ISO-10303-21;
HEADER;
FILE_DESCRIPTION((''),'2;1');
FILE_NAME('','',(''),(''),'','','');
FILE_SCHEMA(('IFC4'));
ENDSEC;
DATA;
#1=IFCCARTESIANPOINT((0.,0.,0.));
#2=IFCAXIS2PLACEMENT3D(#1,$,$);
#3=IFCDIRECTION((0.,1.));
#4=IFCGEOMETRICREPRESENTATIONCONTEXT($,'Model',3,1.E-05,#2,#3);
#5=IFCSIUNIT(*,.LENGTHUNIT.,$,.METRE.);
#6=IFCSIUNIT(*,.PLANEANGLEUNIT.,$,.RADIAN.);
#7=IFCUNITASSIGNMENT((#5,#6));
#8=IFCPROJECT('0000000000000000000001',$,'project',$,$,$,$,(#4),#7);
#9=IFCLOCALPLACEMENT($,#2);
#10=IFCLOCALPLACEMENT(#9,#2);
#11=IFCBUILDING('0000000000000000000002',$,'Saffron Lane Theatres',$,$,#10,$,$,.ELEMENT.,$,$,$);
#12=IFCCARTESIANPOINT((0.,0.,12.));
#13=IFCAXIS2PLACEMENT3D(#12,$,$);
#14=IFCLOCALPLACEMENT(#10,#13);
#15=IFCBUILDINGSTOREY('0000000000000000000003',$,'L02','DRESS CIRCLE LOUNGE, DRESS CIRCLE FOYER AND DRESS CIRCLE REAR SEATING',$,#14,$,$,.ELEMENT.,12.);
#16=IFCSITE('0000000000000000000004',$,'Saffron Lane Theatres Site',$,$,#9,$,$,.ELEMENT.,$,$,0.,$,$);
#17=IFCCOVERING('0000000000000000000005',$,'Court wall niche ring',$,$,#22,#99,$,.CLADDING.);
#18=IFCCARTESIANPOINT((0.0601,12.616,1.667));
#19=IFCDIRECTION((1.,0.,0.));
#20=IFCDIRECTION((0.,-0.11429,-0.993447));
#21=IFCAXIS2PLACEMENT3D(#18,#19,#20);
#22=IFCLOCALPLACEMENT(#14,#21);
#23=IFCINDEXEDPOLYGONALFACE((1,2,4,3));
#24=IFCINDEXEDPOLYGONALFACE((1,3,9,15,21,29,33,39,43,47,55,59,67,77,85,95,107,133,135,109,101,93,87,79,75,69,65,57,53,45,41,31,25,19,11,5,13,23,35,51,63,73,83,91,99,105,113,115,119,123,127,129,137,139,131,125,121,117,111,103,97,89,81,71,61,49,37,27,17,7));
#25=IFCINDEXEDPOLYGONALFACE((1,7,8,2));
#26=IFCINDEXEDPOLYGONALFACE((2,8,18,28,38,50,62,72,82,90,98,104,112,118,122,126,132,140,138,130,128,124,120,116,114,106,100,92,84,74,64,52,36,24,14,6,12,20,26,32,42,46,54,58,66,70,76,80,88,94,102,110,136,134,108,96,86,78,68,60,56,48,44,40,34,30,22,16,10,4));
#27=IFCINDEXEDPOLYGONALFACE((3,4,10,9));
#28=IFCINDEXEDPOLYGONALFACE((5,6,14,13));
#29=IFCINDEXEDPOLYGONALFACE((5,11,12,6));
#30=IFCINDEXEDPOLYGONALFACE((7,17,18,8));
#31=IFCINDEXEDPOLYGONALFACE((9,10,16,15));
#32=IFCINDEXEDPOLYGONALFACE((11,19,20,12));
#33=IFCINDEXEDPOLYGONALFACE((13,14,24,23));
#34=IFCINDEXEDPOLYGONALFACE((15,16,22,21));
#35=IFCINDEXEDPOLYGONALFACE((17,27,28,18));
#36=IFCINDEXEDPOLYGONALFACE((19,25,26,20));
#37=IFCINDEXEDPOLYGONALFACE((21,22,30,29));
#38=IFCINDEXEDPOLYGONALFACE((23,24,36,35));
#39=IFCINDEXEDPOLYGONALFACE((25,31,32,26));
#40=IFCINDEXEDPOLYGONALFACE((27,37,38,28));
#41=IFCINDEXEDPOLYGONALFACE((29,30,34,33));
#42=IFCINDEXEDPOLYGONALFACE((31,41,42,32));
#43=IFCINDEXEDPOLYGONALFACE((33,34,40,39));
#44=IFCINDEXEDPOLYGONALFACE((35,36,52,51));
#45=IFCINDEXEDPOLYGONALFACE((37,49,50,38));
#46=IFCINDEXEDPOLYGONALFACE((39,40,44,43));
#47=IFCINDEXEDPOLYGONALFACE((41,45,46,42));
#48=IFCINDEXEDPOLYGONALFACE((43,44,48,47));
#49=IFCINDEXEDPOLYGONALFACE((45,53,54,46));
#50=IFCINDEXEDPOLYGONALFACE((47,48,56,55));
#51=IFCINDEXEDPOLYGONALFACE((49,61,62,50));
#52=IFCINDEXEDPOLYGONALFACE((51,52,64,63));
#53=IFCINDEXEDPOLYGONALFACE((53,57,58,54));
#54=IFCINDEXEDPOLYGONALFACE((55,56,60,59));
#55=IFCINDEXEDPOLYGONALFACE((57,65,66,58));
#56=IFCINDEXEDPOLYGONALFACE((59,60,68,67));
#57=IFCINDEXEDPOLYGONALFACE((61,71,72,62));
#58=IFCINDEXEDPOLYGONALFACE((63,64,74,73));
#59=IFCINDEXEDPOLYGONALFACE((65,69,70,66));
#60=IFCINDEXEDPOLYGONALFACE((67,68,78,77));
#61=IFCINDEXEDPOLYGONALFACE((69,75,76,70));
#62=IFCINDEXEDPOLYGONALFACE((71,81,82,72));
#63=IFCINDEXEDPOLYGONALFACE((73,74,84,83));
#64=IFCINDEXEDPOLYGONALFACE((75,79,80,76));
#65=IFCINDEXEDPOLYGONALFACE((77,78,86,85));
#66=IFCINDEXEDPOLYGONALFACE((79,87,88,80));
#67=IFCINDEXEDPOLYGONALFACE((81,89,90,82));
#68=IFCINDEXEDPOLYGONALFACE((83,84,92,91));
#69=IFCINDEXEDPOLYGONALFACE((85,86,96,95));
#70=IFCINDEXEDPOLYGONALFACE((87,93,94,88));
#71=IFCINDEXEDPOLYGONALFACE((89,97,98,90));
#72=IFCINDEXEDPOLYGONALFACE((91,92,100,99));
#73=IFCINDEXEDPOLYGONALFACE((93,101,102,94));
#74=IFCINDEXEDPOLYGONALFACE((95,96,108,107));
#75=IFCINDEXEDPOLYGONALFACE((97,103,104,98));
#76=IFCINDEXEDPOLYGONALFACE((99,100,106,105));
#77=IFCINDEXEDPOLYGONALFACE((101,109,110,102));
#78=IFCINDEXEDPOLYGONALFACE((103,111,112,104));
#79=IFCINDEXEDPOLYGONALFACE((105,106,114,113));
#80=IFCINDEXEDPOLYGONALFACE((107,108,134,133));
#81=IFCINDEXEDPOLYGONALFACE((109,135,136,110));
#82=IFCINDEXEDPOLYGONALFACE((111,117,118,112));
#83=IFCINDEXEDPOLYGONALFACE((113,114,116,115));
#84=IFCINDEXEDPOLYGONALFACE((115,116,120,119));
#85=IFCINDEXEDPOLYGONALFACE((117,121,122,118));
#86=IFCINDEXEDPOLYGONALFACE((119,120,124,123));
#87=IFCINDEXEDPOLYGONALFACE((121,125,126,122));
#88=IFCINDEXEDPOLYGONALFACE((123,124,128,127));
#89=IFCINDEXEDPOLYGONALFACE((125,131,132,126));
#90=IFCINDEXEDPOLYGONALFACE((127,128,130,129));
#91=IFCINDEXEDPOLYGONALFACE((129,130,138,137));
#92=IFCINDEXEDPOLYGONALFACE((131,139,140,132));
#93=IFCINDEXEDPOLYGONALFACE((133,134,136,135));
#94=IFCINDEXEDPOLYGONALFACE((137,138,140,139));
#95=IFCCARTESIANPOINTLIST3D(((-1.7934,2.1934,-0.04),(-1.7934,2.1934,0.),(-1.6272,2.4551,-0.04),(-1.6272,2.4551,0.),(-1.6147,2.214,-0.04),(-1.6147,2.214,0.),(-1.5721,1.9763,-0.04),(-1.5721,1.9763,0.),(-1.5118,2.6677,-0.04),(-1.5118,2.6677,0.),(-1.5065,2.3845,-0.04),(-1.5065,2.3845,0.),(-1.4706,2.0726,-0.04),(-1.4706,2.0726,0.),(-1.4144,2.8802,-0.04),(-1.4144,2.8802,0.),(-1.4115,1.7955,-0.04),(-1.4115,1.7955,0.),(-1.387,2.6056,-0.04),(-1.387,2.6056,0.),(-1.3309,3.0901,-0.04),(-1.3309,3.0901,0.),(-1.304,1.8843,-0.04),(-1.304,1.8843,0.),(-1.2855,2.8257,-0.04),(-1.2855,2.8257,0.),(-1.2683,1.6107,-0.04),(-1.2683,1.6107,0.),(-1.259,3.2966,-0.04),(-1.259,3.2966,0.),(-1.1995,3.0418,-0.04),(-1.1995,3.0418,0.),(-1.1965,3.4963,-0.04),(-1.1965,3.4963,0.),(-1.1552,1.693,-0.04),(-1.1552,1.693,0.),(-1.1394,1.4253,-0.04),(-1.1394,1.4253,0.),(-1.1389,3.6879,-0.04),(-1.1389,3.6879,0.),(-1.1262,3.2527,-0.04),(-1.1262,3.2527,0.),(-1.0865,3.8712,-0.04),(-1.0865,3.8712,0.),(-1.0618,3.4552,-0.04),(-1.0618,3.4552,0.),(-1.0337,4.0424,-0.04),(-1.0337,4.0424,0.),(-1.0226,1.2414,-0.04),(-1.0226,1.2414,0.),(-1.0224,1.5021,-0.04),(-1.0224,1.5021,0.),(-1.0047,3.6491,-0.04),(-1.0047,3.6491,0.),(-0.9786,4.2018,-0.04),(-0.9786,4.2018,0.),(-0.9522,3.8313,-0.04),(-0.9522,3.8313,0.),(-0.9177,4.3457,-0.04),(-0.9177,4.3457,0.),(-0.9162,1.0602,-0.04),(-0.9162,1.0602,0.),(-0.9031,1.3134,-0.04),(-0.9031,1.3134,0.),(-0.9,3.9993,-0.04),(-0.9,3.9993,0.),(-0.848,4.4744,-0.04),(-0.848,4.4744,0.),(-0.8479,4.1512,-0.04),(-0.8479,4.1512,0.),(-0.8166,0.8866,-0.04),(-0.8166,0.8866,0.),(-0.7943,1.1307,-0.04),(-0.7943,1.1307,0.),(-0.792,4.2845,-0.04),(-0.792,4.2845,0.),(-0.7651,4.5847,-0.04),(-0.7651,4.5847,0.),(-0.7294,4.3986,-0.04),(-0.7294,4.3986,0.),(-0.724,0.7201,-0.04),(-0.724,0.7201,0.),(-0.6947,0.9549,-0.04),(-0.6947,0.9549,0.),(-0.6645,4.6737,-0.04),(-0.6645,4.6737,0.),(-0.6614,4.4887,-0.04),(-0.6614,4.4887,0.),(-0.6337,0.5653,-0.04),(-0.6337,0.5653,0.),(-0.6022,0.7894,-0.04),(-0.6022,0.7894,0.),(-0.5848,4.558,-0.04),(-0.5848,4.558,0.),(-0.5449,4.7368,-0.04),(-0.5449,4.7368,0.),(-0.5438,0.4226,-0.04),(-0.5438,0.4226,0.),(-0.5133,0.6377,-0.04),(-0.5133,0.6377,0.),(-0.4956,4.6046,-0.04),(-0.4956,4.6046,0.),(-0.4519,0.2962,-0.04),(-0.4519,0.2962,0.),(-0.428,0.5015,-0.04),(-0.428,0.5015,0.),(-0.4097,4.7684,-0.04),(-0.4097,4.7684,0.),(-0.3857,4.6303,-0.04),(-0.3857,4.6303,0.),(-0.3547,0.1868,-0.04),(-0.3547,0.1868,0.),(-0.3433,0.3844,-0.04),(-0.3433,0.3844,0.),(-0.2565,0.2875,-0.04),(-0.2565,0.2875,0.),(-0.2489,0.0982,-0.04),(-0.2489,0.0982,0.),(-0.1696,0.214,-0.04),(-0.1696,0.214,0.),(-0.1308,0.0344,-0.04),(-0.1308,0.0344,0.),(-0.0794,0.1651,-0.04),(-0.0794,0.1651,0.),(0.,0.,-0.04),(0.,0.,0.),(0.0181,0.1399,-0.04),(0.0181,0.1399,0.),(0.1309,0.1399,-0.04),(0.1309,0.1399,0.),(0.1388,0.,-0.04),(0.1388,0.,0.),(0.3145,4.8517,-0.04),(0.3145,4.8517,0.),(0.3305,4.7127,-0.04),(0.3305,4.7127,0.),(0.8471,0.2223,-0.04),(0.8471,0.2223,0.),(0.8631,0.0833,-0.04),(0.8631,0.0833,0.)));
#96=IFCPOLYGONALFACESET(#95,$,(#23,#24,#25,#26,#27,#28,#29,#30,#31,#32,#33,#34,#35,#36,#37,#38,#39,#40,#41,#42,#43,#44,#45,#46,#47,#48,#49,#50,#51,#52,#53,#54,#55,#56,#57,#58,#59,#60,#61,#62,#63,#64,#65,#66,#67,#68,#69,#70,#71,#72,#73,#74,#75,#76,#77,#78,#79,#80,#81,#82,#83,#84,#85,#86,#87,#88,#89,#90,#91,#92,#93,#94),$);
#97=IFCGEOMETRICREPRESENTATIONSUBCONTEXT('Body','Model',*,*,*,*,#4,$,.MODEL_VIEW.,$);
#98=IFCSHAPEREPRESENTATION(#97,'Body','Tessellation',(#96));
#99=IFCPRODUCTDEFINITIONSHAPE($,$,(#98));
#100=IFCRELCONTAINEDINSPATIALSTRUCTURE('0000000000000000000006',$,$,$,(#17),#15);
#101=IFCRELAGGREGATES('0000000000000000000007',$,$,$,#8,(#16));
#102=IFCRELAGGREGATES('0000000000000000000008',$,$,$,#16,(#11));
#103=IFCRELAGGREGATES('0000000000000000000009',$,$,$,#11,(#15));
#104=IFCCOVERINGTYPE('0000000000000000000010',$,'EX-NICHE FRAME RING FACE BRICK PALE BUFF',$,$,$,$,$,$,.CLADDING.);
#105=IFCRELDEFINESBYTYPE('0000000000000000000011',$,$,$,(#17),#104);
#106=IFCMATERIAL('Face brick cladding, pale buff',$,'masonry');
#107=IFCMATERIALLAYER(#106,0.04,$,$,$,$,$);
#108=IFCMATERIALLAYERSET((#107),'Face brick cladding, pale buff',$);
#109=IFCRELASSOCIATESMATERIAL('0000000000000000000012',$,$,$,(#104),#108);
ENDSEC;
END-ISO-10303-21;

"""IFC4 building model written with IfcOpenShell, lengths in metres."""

from ifc_helpers import new_model, si_unit, direction, frame, origin, place, context, subcontext, project, spatial, polyline, outline, extrude, material, layer, layer_set, type_object, element, save


model = new_model("IFC4")

# Units and contexts
model_context = context("Model", 3, precision=1e-05, world=origin(), true_north=direction((0.0, 1.0)))
body_context = subcontext(model_context, "Body", "Model", "MODEL_VIEW")
ifc_project = project(units=[si_unit("LENGTHUNIT", "METRE"), si_unit("PLANEANGLEUNIT", "RADIAN")], contexts=[model_context])

# Site, building, storey
site_placement = place(None, origin())
site = spatial("IfcSite", under=ifc_project, at=site_placement, Name="Saffron Lane Theatres Site", CompositionType="ELEMENT", RefElevation=0.0)
building_placement = place(site_placement, origin())
building = spatial("IfcBuilding", under=site, at=building_placement, Name="Saffron Lane Theatres", CompositionType="ELEMENT")
storey_placement = place(building_placement, frame((0.0, 0.0, 12.0)))
storey = spatial("IfcBuildingStorey", under=building, at=storey_placement, Name="L02", Description="DRESS CIRCLE LOUNGE, DRESS CIRCLE FOYER AND DRESS CIRCLE REAR SEATING", CompositionType="ELEMENT", Elevation=12.0)

# Covering
ifc_material_1 = material(Name="Face brick cladding, pale buff", Category="masonry")
ifc_layer_1 = layer(ifc_material_1, 0.04)
ifc_layer_set_1 = layer_set([ifc_layer_1], Name="Face brick cladding, pale buff")
covering_type_1 = type_object("IfcCoveringType", Name="EX-NICHE FRAME RING FACE BRICK PALE BUFF", PredefinedType="CLADDING", material=ifc_layer_set_1)
covering_1_placement = place(storey_placement, frame((0.0601, 12.616, 1.667), z_axis=(1.0, 0.0, 0.0), x_axis=(0.0, -0.11429, -0.993447)))
element("IfcCovering", 1, at=covering_1_placement, inside=storey, type_object=covering_type_1, Name="Court wall niche ring", PredefinedType="CLADDING", context=body_context, shape_type="SweptSolid", body=[
    extrude(outline(polyline([(0.0, 0.0), (0.1388, 0.0), (0.8631, 0.0833), (0.8471, 0.2223), (0.1309, 0.1399), (0.0181, 0.1399), (-0.0794, 0.1651), (-0.1696, 0.214), (-0.2565, 0.2875), (-0.3433, 0.3844), (-0.428, 0.5015), (-0.5133, 0.6377), (-0.6022, 0.7894), (-0.6947, 0.9549), (-0.7943, 1.1307), (-0.9031, 1.3134), (-1.0224, 1.5021), (-1.1552, 1.693), (-1.304, 1.8843), (-1.4706, 2.0726), (-1.6147, 2.214), (-1.5065, 2.3845), (-1.387, 2.6056), (-1.2855, 2.8257), (-1.1995, 3.0418), (-1.1262, 3.2527), (-1.0618, 3.4552), (-1.0047, 3.6491), (-0.9522, 3.8313), (-0.9, 3.9993), (-0.8479, 4.1512), (-0.792, 4.2845), (-0.7294, 4.3986), (-0.6614, 4.4887), (-0.5848, 4.558), (-0.4956, 4.6046), (-0.3857, 4.6303), (0.3305, 4.7127), (0.3145, 4.8517), (-0.4097, 4.7684), (-0.5449, 4.7368), (-0.6645, 4.6737), (-0.7651, 4.5847), (-0.848, 4.4744), (-0.9177, 4.3457), (-0.9786, 4.2018), (-1.0337, 4.0424), (-1.0865, 3.8712), (-1.1389, 3.6879), (-1.1965, 3.4963), (-1.259, 3.2966), (-1.3309, 3.0901), (-1.4144, 2.8802), (-1.5118, 2.6677), (-1.6272, 2.4551), (-1.7934, 2.1934), (-1.5721, 1.9763), (-1.4115, 1.7955), (-1.2683, 1.6107), (-1.1394, 1.4253), (-1.0226, 1.2414), (-0.9162, 1.0602), (-0.8166, 0.8866), (-0.724, 0.7201), (-0.6337, 0.5653), (-0.5438, 0.4226), (-0.4519, 0.2962), (-0.3547, 0.1868), (-0.2489, 0.0982), (-0.1308, 0.0344), (0.0, 0.0)])), origin(), (0.0, 0.0, -1.0), 0.04),
])

save(model, "model.ifc")
